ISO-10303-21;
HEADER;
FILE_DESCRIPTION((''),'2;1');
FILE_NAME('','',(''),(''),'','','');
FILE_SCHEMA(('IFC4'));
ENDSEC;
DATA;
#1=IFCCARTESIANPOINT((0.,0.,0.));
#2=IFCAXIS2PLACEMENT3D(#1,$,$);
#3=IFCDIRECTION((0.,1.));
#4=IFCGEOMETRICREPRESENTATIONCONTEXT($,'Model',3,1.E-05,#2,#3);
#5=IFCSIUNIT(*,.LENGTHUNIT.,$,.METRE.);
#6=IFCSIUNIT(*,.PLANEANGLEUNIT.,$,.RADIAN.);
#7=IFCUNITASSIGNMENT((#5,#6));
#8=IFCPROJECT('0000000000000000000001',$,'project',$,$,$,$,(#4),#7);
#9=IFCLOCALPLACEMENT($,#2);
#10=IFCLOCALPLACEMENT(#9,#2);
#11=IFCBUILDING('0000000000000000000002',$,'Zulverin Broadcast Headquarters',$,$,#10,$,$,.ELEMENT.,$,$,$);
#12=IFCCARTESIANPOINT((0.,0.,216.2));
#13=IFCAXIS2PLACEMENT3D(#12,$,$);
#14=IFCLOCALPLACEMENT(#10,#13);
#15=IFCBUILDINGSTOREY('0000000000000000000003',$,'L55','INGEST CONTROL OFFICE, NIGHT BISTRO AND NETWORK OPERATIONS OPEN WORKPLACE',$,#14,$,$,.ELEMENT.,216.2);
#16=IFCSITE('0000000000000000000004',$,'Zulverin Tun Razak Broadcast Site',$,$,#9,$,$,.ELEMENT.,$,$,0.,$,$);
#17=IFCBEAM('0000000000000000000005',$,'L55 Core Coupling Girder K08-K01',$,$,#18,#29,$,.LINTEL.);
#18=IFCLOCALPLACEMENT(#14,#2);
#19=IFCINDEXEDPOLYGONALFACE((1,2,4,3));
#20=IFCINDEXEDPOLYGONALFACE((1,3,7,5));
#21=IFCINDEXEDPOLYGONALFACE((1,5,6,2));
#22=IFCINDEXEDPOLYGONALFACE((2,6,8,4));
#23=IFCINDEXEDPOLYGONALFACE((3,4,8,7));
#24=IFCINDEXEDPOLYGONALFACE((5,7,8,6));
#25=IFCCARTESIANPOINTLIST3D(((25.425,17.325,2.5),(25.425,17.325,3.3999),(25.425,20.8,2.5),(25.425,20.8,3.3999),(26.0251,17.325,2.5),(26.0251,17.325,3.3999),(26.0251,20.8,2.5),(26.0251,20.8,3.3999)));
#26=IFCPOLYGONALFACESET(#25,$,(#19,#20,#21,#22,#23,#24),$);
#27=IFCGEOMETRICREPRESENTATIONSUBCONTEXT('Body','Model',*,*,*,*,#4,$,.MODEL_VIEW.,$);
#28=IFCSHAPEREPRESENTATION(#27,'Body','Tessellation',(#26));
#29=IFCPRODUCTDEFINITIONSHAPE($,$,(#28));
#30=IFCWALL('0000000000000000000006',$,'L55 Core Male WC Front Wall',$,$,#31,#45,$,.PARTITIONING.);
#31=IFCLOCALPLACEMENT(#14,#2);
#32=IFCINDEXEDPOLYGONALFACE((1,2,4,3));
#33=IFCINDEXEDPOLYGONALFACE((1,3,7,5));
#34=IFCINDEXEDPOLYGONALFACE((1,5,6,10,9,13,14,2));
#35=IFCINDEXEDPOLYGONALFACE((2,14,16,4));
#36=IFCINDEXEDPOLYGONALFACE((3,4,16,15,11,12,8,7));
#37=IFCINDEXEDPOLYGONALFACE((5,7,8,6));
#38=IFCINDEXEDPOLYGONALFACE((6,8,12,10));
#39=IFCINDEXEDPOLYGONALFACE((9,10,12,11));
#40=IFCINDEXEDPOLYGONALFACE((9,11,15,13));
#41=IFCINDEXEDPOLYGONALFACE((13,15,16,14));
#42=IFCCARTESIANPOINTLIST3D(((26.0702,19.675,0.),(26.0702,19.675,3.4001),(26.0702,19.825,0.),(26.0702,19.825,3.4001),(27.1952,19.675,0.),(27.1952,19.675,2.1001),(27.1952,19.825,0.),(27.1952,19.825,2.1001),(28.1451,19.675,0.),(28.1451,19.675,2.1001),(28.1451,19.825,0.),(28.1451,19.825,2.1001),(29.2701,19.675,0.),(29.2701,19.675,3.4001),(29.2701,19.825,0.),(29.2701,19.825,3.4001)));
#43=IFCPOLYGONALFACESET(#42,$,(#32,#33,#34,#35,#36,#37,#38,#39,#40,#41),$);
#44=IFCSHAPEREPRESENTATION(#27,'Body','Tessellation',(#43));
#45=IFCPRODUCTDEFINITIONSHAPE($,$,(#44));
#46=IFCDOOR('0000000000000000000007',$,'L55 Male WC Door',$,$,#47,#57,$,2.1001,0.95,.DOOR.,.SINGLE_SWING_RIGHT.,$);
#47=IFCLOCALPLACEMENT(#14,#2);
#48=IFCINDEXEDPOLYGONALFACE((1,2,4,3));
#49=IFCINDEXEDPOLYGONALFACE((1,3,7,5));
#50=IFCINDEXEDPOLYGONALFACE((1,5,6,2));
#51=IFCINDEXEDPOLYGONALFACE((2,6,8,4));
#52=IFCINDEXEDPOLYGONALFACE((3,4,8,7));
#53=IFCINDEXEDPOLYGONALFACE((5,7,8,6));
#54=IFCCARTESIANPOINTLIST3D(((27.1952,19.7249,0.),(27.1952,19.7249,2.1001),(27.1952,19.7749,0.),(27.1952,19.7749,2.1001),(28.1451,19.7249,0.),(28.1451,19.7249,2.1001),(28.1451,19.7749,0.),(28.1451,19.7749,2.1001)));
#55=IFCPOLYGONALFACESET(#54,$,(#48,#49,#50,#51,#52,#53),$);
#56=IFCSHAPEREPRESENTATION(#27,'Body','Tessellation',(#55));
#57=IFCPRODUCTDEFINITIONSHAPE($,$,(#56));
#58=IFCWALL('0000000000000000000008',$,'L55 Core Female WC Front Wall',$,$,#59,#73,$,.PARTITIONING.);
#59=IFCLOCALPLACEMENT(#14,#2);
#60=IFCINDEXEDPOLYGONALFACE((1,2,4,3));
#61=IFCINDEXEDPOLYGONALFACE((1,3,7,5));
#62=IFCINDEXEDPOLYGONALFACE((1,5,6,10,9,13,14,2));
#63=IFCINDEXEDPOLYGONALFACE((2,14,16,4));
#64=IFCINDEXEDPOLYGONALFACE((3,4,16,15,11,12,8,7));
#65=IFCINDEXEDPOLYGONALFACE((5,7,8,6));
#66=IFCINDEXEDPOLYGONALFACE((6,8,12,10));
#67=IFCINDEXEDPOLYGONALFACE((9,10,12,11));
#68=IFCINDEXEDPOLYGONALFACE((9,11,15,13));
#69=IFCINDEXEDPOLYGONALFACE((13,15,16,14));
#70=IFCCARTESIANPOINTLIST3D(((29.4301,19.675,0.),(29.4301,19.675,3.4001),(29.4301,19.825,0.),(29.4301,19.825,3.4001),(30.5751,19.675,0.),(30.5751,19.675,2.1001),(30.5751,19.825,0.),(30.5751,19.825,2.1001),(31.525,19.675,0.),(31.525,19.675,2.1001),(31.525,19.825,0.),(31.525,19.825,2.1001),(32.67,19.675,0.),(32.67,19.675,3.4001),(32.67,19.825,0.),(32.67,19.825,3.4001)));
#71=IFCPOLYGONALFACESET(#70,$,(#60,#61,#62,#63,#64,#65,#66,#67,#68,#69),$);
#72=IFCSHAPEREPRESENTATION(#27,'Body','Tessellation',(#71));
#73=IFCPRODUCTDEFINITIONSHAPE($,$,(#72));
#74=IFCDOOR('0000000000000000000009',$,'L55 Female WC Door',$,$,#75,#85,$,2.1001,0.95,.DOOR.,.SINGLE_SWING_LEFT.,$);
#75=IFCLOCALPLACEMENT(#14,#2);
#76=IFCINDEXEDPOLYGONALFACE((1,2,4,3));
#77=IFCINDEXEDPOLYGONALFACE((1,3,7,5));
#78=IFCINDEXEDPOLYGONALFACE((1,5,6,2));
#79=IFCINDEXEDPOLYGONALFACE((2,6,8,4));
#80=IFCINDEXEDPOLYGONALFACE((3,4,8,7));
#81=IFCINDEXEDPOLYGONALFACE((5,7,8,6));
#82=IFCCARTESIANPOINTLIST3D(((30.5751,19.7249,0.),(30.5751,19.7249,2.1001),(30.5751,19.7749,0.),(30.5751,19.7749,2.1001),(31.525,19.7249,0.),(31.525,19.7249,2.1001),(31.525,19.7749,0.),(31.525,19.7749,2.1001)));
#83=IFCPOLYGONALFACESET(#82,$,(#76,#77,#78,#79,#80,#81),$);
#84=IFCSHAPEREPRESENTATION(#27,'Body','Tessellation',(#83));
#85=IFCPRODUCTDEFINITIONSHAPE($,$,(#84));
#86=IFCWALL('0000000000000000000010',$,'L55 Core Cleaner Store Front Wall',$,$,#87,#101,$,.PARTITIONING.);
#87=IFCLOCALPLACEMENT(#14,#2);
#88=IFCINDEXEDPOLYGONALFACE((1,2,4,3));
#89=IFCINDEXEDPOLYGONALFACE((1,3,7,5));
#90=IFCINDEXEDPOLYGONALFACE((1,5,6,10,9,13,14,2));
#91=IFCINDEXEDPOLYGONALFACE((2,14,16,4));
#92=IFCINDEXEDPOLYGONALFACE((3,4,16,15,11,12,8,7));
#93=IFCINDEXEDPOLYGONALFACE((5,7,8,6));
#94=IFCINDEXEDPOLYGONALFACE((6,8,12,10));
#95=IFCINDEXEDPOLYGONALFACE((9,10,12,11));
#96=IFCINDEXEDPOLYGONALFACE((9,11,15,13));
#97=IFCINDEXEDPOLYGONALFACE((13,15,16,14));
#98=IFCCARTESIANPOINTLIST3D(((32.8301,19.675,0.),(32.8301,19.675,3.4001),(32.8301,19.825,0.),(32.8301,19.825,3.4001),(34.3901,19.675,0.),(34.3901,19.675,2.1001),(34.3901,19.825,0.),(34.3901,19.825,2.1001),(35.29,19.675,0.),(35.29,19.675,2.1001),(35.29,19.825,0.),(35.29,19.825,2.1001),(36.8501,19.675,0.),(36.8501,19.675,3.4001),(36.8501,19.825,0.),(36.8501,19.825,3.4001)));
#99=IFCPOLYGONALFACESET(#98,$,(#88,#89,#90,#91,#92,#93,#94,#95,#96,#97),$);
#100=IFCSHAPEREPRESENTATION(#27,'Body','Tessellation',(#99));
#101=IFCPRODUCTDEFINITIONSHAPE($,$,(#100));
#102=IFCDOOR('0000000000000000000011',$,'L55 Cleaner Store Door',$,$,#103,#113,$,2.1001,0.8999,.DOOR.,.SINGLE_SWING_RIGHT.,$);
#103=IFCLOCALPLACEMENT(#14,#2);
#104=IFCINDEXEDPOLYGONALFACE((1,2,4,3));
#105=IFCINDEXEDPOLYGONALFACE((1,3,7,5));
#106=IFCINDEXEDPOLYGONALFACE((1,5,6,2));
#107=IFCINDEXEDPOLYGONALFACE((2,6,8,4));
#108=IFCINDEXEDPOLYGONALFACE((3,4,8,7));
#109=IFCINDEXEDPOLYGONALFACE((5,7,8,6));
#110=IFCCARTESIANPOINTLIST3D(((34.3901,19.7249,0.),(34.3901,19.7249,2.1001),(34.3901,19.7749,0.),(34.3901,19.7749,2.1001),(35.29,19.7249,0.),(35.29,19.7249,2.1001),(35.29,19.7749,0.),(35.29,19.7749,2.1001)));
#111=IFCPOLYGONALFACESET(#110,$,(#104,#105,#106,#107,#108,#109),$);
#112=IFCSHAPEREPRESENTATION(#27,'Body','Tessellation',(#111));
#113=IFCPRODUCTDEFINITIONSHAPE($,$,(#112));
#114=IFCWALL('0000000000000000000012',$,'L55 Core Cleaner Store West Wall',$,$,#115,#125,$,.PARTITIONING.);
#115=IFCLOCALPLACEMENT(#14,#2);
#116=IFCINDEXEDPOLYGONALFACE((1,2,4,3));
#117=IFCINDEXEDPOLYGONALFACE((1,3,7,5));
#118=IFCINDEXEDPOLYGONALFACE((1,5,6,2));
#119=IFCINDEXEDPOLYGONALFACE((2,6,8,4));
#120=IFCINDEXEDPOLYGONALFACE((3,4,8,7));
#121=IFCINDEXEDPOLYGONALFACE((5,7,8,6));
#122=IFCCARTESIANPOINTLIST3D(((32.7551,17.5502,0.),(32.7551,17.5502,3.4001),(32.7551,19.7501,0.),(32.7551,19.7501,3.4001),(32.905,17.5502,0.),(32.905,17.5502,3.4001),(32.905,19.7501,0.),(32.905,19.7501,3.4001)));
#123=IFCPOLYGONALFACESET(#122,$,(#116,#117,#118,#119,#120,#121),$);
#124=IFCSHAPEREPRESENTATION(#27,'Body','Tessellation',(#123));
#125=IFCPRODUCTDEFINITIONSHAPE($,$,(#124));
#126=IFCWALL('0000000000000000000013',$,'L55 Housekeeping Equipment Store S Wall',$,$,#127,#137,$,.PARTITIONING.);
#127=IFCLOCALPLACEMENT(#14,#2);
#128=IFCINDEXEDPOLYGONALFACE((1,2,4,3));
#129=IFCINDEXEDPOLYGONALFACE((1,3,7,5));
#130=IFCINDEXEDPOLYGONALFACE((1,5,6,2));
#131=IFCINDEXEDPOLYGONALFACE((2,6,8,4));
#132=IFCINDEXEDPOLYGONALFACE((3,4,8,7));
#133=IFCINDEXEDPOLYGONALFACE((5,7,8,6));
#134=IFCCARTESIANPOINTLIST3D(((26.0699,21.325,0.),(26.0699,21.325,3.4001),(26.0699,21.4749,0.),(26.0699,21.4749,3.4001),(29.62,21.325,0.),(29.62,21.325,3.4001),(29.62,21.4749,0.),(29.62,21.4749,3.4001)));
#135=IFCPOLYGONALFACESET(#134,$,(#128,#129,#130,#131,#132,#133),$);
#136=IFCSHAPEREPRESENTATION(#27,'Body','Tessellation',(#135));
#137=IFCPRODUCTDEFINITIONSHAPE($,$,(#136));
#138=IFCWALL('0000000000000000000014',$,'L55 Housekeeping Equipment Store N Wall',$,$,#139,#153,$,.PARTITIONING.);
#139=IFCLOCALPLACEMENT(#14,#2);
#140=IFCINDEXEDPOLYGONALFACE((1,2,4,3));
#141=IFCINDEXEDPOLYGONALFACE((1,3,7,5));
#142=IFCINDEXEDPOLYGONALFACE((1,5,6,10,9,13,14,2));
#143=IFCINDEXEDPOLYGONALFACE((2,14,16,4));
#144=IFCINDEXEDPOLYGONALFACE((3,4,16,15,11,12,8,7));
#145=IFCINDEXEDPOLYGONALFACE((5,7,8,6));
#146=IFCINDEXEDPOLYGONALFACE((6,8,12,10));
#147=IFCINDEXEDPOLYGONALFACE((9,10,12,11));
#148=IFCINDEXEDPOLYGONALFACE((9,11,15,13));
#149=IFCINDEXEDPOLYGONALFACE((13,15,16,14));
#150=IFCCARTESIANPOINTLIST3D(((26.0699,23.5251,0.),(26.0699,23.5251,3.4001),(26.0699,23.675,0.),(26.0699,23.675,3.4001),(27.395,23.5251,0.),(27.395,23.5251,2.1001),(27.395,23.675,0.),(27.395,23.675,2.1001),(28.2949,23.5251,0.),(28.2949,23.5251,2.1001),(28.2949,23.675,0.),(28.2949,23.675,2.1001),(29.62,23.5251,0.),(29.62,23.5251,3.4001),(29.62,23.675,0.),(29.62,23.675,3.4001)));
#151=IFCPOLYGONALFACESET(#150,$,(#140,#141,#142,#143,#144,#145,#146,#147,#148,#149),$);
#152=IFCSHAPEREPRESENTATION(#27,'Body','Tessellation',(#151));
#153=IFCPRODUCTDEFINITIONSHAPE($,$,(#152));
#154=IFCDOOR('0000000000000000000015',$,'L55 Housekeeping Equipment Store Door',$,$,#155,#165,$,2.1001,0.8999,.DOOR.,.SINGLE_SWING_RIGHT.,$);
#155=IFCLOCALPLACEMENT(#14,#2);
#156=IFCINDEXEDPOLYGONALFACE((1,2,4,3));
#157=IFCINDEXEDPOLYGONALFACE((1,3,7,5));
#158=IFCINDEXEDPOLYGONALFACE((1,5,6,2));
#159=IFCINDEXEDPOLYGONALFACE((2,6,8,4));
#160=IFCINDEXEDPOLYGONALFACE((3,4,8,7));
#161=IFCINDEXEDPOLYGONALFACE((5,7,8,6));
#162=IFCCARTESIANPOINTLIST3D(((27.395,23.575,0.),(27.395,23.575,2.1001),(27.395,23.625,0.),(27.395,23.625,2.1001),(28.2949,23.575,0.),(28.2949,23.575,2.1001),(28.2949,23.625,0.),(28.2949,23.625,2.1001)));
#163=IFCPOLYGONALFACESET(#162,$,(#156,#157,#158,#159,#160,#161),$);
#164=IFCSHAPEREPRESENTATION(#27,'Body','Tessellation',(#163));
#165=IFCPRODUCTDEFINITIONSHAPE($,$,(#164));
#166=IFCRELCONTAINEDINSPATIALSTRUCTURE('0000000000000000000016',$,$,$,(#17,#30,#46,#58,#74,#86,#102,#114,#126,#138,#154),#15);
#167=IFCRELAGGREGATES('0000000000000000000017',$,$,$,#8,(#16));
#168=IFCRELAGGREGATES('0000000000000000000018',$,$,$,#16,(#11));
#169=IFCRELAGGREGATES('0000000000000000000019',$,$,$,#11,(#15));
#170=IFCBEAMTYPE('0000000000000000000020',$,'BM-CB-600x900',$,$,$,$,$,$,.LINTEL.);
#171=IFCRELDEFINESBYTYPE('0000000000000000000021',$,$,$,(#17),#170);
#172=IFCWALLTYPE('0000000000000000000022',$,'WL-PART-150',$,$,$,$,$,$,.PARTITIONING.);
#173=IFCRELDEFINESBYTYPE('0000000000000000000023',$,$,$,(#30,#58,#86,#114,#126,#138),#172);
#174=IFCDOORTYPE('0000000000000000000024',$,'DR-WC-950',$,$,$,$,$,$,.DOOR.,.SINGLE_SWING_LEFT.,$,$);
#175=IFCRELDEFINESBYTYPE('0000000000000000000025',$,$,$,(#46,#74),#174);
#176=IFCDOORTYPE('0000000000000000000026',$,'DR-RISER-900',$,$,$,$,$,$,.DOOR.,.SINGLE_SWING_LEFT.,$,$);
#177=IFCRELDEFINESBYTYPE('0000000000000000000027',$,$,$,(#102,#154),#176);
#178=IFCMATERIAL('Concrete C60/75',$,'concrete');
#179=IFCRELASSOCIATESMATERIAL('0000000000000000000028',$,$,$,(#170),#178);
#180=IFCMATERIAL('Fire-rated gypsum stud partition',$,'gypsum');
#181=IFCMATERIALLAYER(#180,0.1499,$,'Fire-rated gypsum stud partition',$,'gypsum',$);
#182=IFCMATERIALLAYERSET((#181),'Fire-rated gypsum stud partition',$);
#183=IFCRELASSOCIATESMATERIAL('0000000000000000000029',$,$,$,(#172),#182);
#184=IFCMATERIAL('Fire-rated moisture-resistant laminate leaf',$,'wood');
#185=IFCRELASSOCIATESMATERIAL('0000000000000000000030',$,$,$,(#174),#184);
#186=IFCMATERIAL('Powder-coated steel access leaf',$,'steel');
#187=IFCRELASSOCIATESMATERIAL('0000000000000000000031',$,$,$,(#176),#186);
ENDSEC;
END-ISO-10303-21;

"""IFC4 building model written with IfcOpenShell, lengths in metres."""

from ifc_helpers import new_model, si_unit, direction, frame, frame_2d, origin, origin_2d, place, context, subcontext, project, spatial, rectangle, extrude, material, layer, layer_set, material_profile, profile_set, type_object, element, fill, save


model = new_model("IFC4")

# Units and contexts
model_context = context("Model", 3, precision=1e-05, world=origin(), true_north=direction((0.0, 1.0)))
body_context = subcontext(model_context, "Body", "Model", "MODEL_VIEW")
ifc_project = project(units=[si_unit("LENGTHUNIT", "METRE"), si_unit("PLANEANGLEUNIT", "RADIAN")], contexts=[model_context])

# Site, building, storey
site_placement = place(None, origin())
site = spatial("IfcSite", under=ifc_project, at=site_placement, Name="Zulverin Tun Razak Broadcast Site", CompositionType="ELEMENT", RefElevation=0.0)
building_placement = place(site_placement, origin())
building = spatial("IfcBuilding", under=site, at=building_placement, Name="Zulverin Broadcast Headquarters", CompositionType="ELEMENT")
storey_placement = place(building_placement, frame((0.0, 0.0, 216.2)))
storey = spatial("IfcBuildingStorey", under=building, at=storey_placement, Name="L55", Description="INGEST CONTROL OFFICE, NIGHT BISTRO AND NETWORK OPERATIONS OPEN WORKPLACE", CompositionType="ELEMENT", Elevation=216.2)

# Beam
ifc_material_1 = material(Name="Concrete C60/75", Category="concrete")
ifc_material_profile = material_profile(ifc_material_1, rectangle(XDim=0.6001, YDim=0.8999, at=origin_2d()), Name="Concrete C60/75", Category="concrete")
ifc_profile_set = profile_set([ifc_material_profile], Name="Concrete C60/75")
beam_type = type_object("IfcBeamType", Name="BM-CB-600x900", PredefinedType="LINTEL", material=ifc_profile_set)
beam_placement = place(storey_placement, frame((25.7251, 20.8, 2.95), z_axis=(0.0, -1.0, 0.0), x_axis=(1.0, 0.0, 0.0)))
element("IfcBeam", 1, at=beam_placement, inside=storey, type_object=beam_type, Name="L55 Core Coupling Girder K08-K01", PredefinedType="LINTEL", context=body_context, shape_type="SweptSolid", body=[
    extrude(rectangle(XDim=0.6001, YDim=0.8999, at=origin_2d()), origin(), (0.0, 0.0, 1.0), 3.4751),
])

# Walls, openings, doors
ifc_material_2 = material(Name="Fire-rated gypsum stud partition", Category="gypsum")
ifc_layer_1 = layer(ifc_material_2, 0.1499, Name="Fire-rated gypsum stud partition", Category="gypsum")
ifc_layer_set_1 = layer_set([ifc_layer_1], Name="Fire-rated gypsum stud partition")
wall_type_1 = type_object("IfcWallType", Name="WL-PART-150", PredefinedType="PARTITIONING", material=ifc_layer_set_1)
wall_1_placement = place(storey_placement, frame((26.0701, 19.75, 0.0), z_axis=(0.0, 0.0, 1.0), x_axis=(1.0, 0.0, 0.0)))
wall_1 = element("IfcWall", 2, at=wall_1_placement, inside=storey, type_object=wall_type_1, Name="L55 Core Male WC Front Wall", PredefinedType="PARTITIONING", context=body_context, shape_type="SweptSolid", body=[
    extrude(rectangle(XDim=3.2, YDim=0.1499, at=frame_2d((1.6001, 0.0))), origin(), (0.0, 0.0, 1.0), 3.4001),
])
opening_1_placement = place(wall_1_placement, frame((1.125, 0.0, 0.0)))
opening_1 = element("IfcOpeningElement", 3, at=opening_1_placement, cuts=wall_1, PredefinedType="OPENING", context=body_context, shape_type="SweptSolid", body=[
    extrude(rectangle(XDim=0.95, YDim=2.1001, at=frame_2d((0.4751, 1.05))), frame((0.0, 0.085, 0.0), z_axis=(0.0, -1.0, 0.0), x_axis=(1.0, 0.0, 0.0)), (0.0, 0.0, 1.0), 0.1699),
])
ifc_material_3 = material(Name="Fire-rated moisture-resistant laminate leaf", Category="wood")
door_type_1 = type_object("IfcDoorType", Name="DR-WC-950", OperationType="SINGLE_SWING_LEFT", PredefinedType="DOOR", material=ifc_material_3)
door_1_placement = place(opening_1_placement, origin())
door_1 = element("IfcDoor", 4, at=door_1_placement, inside=storey, type_object=door_type_1, Name="L55 Male WC Door", OperationType="SINGLE_SWING_RIGHT", OverallHeight=2.1001, OverallWidth=0.95, PredefinedType="DOOR", context=body_context, shape_type="SweptSolid", body=[
    extrude(rectangle(XDim=0.95, YDim=2.1001, at=frame_2d((0.4751, 1.05))), frame((0.0, 0.0249, 0.0), z_axis=(0.0, -1.0, 0.0), x_axis=(1.0, 0.0, 0.0)), (0.0, 0.0, 1.0), 0.05),
])
fill(opening_1, door_1)
wall_2_placement = place(storey_placement, frame((29.4299, 19.75, 0.0), z_axis=(0.0, 0.0, 1.0), x_axis=(1.0, 0.0, 0.0)))
wall_2 = element("IfcWall", 5, at=wall_2_placement, inside=storey, type_object=wall_type_1, Name="L55 Core Female WC Front Wall", PredefinedType="PARTITIONING", context=body_context, shape_type="SweptSolid", body=[
    extrude(rectangle(XDim=3.24, YDim=0.1499, at=frame_2d((1.6201, 0.0))), origin(), (0.0, 0.0, 1.0), 3.4001),
])
opening_2_placement = place(wall_2_placement, frame((1.145, 0.0, 0.0)))
opening_2 = element("IfcOpeningElement", 6, at=opening_2_placement, cuts=wall_2, PredefinedType="OPENING", context=body_context, shape_type="SweptSolid", body=[
    extrude(rectangle(XDim=0.95, YDim=2.1001, at=frame_2d((0.4751, 1.05))), frame((0.0, 0.085, 0.0), z_axis=(0.0, -1.0, 0.0), x_axis=(1.0, 0.0, 0.0)), (0.0, 0.0, 1.0), 0.1699),
])
door_2_placement = place(opening_2_placement, origin())
door_2 = element("IfcDoor", 7, at=door_2_placement, inside=storey, type_object=door_type_1, Name="L55 Female WC Door", OperationType="SINGLE_SWING_LEFT", OverallHeight=2.1001, OverallWidth=0.95, PredefinedType="DOOR", context=body_context, shape_type="SweptSolid", body=[
    extrude(rectangle(XDim=0.95, YDim=2.1001, at=frame_2d((0.4751, 1.05))), frame((0.0, 0.0249, 0.0), z_axis=(0.0, -1.0, 0.0), x_axis=(1.0, 0.0, 0.0)), (0.0, 0.0, 1.0), 0.05),
])
fill(opening_2, door_2)
wall_3_placement = place(storey_placement, frame((32.8301, 19.75, 0.0), z_axis=(0.0, 0.0, 1.0), x_axis=(1.0, 0.0, 0.0)))
wall_3 = element("IfcWall", 8, at=wall_3_placement, inside=storey, type_object=wall_type_1, Name="L55 Core Cleaner Store Front Wall", PredefinedType="PARTITIONING", context=body_context, shape_type="SweptSolid", body=[
    extrude(rectangle(XDim=4.02, YDim=0.1499, at=frame_2d((2.01, 0.0))), origin(), (0.0, 0.0, 1.0), 3.4001),
])
opening_3_placement = place(wall_3_placement, frame((1.5601, 0.0, 0.0)))
opening_3 = element("IfcOpeningElement", 9, at=opening_3_placement, cuts=wall_3, PredefinedType="OPENING", context=body_context, shape_type="SweptSolid", body=[
    extrude(rectangle(XDim=0.8999, YDim=2.1001, at=frame_2d((0.45, 1.05))), frame((0.0, 0.085, 0.0), z_axis=(0.0, -1.0, 0.0), x_axis=(1.0, 0.0, 0.0)), (0.0, 0.0, 1.0), 0.1699),
])
ifc_material_4 = material(Name="Powder-coated steel access leaf", Category="steel")
door_type_2 = type_object("IfcDoorType", Name="DR-RISER-900", OperationType="SINGLE_SWING_LEFT", PredefinedType="DOOR", material=ifc_material_4)
door_3_placement = place(opening_3_placement, origin())
door_3 = element("IfcDoor", 10, at=door_3_placement, inside=storey, type_object=door_type_2, Name="L55 Cleaner Store Door", OperationType="SINGLE_SWING_RIGHT", OverallHeight=2.1001, OverallWidth=0.8999, PredefinedType="DOOR", context=body_context, shape_type="SweptSolid", body=[
    extrude(rectangle(XDim=0.8999, YDim=2.1001, at=frame_2d((0.45, 1.05))), frame((0.0, 0.0249, 0.0), z_axis=(0.0, -1.0, 0.0), x_axis=(1.0, 0.0, 0.0)), (0.0, 0.0, 1.0), 0.05),
])
fill(opening_3, door_3)

# Walls
wall_4_placement = place(storey_placement, frame((32.8301, 17.55, 0.0), z_axis=(0.0, 0.0, 1.0), x_axis=(0.0, 1.0, 0.0)))
element("IfcWall", 11, at=wall_4_placement, inside=storey, type_object=wall_type_1, Name="L55 Core Cleaner Store West Wall", PredefinedType="PARTITIONING", context=body_context, shape_type="SweptSolid", body=[
    extrude(rectangle(XDim=2.2, YDim=0.1499, at=frame_2d((1.1001, 0.0))), origin(), (0.0, 0.0, 1.0), 3.4001),
])
wall_5_placement = place(storey_placement, frame((26.0701, 21.3999, 0.0), z_axis=(0.0, 0.0, 1.0), x_axis=(1.0, 0.0, 0.0)))
element("IfcWall", 12, at=wall_5_placement, inside=storey, type_object=wall_type_1, Name="L55 Housekeeping Equipment Store S Wall", PredefinedType="PARTITIONING", context=body_context, shape_type="SweptSolid", body=[
    extrude(rectangle(XDim=3.55, YDim=0.1499, at=frame_2d((1.7749, 0.0))), origin(), (0.0, 0.0, 1.0), 3.4001),
])

# Wall, opening, door
wall_6_placement = place(storey_placement, frame((26.0701, 23.6001, 0.0), z_axis=(0.0, 0.0, 1.0), x_axis=(1.0, 0.0, 0.0)))
wall_6 = element("IfcWall", 13, at=wall_6_placement, inside=storey, type_object=wall_type_1, Name="L55 Housekeeping Equipment Store N Wall", PredefinedType="PARTITIONING", context=body_context, shape_type="SweptSolid", body=[
    extrude(rectangle(XDim=3.55, YDim=0.1499, at=frame_2d((1.7749, 0.0))), origin(), (0.0, 0.0, 1.0), 3.4001),
])
opening_4_placement = place(wall_6_placement, frame((1.325, 0.0, 0.0)))
opening_4 = element("IfcOpeningElement", 14, at=opening_4_placement, cuts=wall_6, PredefinedType="OPENING", context=body_context, shape_type="SweptSolid", body=[
    extrude(rectangle(XDim=0.8999, YDim=2.1001, at=frame_2d((0.45, 1.05))), frame((0.0, 0.085, 0.0), z_axis=(0.0, -1.0, 0.0), x_axis=(1.0, 0.0, 0.0)), (0.0, 0.0, 1.0), 0.1699),
])
door_4_placement = place(opening_4_placement, origin())
door_4 = element("IfcDoor", 15, at=door_4_placement, inside=storey, type_object=door_type_2, Name="L55 Housekeeping Equipment Store Door", OperationType="SINGLE_SWING_RIGHT", OverallHeight=2.1001, OverallWidth=0.8999, PredefinedType="DOOR", context=body_context, shape_type="SweptSolid", body=[
    extrude(rectangle(XDim=0.8999, YDim=2.1001, at=frame_2d((0.45, 1.05))), frame((0.0, 0.0249, 0.0), z_axis=(0.0, -1.0, 0.0), x_axis=(1.0, 0.0, 0.0)), (0.0, 0.0, 1.0), 0.05),
])
fill(opening_4, door_4)

save(model, "model.ifc")
